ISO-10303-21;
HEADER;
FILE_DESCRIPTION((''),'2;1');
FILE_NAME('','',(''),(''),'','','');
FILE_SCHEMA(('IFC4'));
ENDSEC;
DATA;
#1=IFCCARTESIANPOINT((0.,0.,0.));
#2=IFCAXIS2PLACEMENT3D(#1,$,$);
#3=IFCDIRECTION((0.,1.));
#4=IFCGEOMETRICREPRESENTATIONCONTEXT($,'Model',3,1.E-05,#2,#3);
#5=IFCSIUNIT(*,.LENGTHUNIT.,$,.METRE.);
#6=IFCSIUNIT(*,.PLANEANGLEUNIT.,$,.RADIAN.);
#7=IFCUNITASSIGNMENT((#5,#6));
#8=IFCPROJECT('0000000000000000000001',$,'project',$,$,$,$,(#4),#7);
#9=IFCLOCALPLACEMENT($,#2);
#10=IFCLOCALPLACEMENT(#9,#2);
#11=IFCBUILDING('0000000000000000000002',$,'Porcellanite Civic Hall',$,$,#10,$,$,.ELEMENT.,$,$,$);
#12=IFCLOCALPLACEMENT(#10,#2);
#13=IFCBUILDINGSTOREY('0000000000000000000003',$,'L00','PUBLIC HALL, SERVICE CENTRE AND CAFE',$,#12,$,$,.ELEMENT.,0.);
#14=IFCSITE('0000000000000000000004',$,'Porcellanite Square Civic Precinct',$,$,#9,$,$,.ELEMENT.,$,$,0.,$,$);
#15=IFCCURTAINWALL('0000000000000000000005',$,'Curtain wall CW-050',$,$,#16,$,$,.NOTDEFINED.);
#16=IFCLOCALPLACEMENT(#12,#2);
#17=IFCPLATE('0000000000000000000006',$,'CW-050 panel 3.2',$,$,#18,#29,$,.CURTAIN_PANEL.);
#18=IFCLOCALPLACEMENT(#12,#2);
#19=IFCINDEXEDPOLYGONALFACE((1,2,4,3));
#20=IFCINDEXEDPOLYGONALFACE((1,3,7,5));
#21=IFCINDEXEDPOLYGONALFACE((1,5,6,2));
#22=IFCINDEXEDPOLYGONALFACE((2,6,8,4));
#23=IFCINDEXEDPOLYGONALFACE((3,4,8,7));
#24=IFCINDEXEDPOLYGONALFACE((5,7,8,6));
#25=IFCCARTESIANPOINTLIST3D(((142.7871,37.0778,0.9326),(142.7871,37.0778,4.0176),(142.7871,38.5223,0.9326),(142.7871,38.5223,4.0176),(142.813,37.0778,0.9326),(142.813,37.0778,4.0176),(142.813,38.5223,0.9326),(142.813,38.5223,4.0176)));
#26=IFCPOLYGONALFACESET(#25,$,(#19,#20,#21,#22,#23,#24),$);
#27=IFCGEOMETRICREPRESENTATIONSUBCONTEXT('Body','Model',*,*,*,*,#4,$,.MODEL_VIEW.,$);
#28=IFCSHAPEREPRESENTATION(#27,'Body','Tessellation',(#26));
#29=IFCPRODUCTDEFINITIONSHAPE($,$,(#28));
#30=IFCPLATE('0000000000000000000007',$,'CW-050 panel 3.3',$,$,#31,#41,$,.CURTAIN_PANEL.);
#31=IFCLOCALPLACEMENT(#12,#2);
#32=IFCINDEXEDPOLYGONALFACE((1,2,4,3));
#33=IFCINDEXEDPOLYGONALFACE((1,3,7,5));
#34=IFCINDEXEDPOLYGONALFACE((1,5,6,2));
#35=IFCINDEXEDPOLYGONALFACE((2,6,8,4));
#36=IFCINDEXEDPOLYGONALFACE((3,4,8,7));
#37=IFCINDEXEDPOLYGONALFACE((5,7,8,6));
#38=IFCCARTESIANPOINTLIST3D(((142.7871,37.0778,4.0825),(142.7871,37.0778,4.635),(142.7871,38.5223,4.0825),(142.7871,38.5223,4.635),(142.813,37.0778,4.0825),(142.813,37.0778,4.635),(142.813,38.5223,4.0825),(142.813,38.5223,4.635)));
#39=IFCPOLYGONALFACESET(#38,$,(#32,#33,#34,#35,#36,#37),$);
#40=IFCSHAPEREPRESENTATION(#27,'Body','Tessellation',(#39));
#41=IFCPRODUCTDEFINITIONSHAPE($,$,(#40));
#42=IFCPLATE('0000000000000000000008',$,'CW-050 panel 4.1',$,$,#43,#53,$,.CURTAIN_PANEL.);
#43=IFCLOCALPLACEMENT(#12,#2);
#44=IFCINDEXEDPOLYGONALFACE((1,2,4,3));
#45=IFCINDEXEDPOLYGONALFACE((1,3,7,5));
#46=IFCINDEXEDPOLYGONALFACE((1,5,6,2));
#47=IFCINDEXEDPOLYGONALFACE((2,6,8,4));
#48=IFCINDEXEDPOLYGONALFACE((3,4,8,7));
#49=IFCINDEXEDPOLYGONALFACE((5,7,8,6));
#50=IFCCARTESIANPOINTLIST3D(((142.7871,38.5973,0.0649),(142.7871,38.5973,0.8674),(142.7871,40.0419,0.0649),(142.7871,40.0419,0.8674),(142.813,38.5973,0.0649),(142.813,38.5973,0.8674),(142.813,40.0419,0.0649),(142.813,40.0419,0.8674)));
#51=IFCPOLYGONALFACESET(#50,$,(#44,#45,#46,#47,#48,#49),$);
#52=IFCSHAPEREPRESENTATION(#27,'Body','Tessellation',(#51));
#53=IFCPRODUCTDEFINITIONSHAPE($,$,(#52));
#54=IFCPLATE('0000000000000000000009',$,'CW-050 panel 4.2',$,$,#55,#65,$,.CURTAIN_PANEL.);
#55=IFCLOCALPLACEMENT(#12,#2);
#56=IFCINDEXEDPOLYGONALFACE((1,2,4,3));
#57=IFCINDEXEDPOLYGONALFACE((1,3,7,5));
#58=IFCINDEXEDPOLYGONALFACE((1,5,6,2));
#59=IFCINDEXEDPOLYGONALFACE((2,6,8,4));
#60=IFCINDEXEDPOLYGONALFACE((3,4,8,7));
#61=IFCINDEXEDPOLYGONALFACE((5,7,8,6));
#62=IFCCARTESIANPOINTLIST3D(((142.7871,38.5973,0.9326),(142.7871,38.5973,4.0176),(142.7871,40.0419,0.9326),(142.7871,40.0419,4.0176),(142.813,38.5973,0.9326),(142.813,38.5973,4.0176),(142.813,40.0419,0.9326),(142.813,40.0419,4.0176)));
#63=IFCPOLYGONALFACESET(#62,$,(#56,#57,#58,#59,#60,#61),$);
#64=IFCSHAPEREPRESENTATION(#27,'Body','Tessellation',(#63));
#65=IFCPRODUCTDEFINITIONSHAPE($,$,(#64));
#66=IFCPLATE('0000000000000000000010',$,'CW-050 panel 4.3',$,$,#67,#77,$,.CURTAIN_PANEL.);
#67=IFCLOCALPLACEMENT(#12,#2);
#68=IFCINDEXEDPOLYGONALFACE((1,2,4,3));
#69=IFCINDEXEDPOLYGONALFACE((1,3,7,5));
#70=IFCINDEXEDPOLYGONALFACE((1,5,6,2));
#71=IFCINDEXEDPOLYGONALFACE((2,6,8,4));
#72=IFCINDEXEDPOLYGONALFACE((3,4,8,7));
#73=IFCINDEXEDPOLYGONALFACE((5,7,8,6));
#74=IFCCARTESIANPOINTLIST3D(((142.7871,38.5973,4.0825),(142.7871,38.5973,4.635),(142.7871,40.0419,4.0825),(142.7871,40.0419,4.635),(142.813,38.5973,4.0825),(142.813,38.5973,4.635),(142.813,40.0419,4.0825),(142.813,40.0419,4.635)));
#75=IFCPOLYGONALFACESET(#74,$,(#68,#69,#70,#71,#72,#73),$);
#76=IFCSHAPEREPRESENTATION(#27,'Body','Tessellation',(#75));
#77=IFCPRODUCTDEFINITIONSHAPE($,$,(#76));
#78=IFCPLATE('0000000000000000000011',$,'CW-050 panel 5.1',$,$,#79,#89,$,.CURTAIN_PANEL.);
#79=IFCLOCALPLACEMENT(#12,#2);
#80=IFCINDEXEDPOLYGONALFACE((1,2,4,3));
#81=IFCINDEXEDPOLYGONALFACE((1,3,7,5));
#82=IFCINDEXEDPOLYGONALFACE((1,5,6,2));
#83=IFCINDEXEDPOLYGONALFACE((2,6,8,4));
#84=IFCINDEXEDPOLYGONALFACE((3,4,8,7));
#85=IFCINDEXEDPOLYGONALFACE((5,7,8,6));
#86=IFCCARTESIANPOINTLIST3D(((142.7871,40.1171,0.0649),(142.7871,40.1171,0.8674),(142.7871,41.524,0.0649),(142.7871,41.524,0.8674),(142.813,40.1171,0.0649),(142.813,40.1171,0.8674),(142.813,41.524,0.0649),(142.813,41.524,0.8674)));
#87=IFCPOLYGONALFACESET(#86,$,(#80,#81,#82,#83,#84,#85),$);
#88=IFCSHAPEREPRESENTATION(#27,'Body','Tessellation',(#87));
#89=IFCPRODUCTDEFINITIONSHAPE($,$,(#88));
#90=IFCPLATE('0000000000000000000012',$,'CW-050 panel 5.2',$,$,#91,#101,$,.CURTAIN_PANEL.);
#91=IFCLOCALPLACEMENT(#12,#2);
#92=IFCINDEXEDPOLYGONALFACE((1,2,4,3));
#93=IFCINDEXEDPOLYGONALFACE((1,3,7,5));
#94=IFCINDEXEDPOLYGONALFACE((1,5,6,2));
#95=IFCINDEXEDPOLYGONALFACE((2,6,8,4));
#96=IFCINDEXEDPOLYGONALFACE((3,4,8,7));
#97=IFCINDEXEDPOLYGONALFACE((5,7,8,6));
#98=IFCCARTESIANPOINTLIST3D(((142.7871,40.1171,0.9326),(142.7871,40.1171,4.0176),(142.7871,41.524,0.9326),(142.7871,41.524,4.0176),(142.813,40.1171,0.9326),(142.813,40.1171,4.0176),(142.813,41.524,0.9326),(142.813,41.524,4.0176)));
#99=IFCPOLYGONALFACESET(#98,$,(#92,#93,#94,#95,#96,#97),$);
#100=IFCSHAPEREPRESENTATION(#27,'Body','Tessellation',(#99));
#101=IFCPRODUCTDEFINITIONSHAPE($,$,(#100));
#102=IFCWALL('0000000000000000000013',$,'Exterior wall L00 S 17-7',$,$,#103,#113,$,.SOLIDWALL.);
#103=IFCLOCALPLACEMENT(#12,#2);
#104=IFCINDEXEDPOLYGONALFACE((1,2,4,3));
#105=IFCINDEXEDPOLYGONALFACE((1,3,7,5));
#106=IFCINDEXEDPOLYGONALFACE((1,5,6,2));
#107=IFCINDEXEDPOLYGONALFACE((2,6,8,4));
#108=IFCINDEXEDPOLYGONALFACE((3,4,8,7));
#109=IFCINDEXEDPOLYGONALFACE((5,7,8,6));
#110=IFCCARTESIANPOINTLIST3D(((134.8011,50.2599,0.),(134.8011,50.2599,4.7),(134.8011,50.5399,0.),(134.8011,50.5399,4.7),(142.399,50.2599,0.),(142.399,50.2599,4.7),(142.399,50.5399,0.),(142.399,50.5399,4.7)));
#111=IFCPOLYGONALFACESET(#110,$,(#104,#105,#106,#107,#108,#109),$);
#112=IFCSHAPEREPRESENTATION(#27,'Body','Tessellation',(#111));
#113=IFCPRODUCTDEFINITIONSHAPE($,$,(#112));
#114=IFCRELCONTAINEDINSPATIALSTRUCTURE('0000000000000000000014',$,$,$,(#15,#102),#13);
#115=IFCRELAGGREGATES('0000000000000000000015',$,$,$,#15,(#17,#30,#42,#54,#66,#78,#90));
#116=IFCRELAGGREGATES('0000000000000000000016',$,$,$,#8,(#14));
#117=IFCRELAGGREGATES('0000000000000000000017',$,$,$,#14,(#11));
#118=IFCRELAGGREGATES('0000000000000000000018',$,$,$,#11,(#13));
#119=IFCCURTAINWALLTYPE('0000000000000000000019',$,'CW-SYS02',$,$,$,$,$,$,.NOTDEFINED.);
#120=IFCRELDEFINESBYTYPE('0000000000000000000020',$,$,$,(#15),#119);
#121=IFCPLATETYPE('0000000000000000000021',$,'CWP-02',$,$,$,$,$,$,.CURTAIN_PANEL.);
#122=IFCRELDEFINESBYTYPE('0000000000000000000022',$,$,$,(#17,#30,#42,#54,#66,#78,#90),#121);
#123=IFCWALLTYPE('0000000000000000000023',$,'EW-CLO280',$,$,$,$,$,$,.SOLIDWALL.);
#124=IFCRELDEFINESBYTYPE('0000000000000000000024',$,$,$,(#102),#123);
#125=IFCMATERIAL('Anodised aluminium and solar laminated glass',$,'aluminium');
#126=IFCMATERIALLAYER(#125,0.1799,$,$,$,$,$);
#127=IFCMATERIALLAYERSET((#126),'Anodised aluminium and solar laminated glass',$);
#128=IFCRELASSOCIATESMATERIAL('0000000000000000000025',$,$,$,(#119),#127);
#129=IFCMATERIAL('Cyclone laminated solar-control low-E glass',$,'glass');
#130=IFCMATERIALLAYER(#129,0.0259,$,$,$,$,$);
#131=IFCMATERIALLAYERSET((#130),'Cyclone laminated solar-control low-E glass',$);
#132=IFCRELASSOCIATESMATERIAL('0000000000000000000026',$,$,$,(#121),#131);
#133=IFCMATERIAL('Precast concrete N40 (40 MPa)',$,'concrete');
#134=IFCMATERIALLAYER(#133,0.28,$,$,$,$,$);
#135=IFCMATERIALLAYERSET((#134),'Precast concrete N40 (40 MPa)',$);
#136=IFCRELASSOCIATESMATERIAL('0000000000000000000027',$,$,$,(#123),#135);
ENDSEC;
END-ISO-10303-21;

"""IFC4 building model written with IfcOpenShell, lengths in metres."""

from ifc_helpers import new_model, si_unit, direction, frame, frame_2d, origin, origin_2d, place, context, subcontext, project, spatial, rectangle, extrude, material, layer, layer_set, type_object, element, aggregate, save


model = new_model("IFC4")

# Units and contexts
model_context = context("Model", 3, precision=1e-05, world=origin(), true_north=direction((0.0, 1.0)))
body_context = subcontext(model_context, "Body", "Model", "MODEL_VIEW")
ifc_project = project(units=[si_unit("LENGTHUNIT", "METRE"), si_unit("PLANEANGLEUNIT", "RADIAN")], contexts=[model_context])

# Site, building, storey
site_placement = place(None, origin())
site = spatial("IfcSite", under=ifc_project, at=site_placement, Name="Porcellanite Square Civic Precinct", CompositionType="ELEMENT", RefElevation=0.0)
building_placement = place(site_placement, origin())
building = spatial("IfcBuilding", under=site, at=building_placement, Name="Porcellanite Civic Hall", CompositionType="ELEMENT")
storey_placement = place(building_placement, origin())
storey = spatial("IfcBuildingStorey", under=building, at=storey_placement, Name="L00", Description="PUBLIC HALL, SERVICE CENTRE AND CAFE", CompositionType="ELEMENT", Elevation=0.0)

# Curtain wall, plates
ifc_material_1 = material(Name="Anodised aluminium and solar laminated glass", Category="aluminium")
ifc_layer_1 = layer(ifc_material_1, 0.1799)
ifc_layer_set_1 = layer_set([ifc_layer_1], Name="Anodised aluminium and solar laminated glass")
curtain_wall_type = type_object("IfcCurtainWallType", Name="CW-SYS02", PredefinedType="NOTDEFINED", material=ifc_layer_set_1)
curtain_wall_placement = place(storey_placement, origin())
curtain_wall = element("IfcCurtainWall", 1, at=curtain_wall_placement, inside=storey, type_object=curtain_wall_type, Name="Curtain wall CW-050", PredefinedType="NOTDEFINED")
ifc_material_2 = material(Name="Cyclone laminated solar-control low-E glass", Category="glass")
ifc_layer_2 = layer(ifc_material_2, 0.0259)
ifc_layer_set_2 = layer_set([ifc_layer_2], Name="Cyclone laminated solar-control low-E glass")
plate_type = type_object("IfcPlateType", Name="CWP-02", PredefinedType="CURTAIN_PANEL", material=ifc_layer_set_2)
plate_1_placement = place(storey_placement, frame((142.8, 37.8, 0.9326), z_axis=(0.0, 0.0, 1.0), x_axis=(0.0, 1.0, 0.0)))
plate_1 = element("IfcPlate", 2, at=plate_1_placement, type_object=plate_type, Name="CW-050 panel 3.2", PredefinedType="CURTAIN_PANEL", context=body_context, shape_type="SweptSolid", body=[
    extrude(rectangle(XDim=1.4446, YDim=0.0259, at=origin_2d()), origin(), (0.0, 0.0, 1.0), 3.085),
])
plate_2_placement = place(storey_placement, frame((142.8, 37.8, 4.0825), z_axis=(0.0, 0.0, 1.0), x_axis=(0.0, 1.0, 0.0)))
plate_2 = element("IfcPlate", 3, at=plate_2_placement, type_object=plate_type, Name="CW-050 panel 3.3", PredefinedType="CURTAIN_PANEL", context=body_context, shape_type="SweptSolid", body=[
    extrude(rectangle(XDim=1.4446, YDim=0.0259, at=origin_2d()), origin(), (0.0, 0.0, 1.0), 0.5525),
])
plate_3_placement = place(storey_placement, frame((142.8, 39.3196, 0.0649), z_axis=(0.0, 0.0, 1.0), x_axis=(0.0, 1.0, 0.0)))
plate_3 = element("IfcPlate", 4, at=plate_3_placement, type_object=plate_type, Name="CW-050 panel 4.1", PredefinedType="CURTAIN_PANEL", context=body_context, shape_type="SweptSolid", body=[
    extrude(rectangle(XDim=1.4446, YDim=0.0259, at=origin_2d()), origin(), (0.0, 0.0, 1.0), 0.8025),
])
plate_4_placement = place(storey_placement, frame((142.8, 39.3196, 0.9326), z_axis=(0.0, 0.0, 1.0), x_axis=(0.0, 1.0, 0.0)))
plate_4 = element("IfcPlate", 5, at=plate_4_placement, type_object=plate_type, Name="CW-050 panel 4.2", PredefinedType="CURTAIN_PANEL", context=body_context, shape_type="SweptSolid", body=[
    extrude(rectangle(XDim=1.4446, YDim=0.0259, at=origin_2d()), origin(), (0.0, 0.0, 1.0), 3.085),
])
plate_5_placement = place(storey_placement, frame((142.8, 39.3196, 4.0825), z_axis=(0.0, 0.0, 1.0), x_axis=(0.0, 1.0, 0.0)))
plate_5 = element("IfcPlate", 6, at=plate_5_placement, type_object=plate_type, Name="CW-050 panel 4.3", PredefinedType="CURTAIN_PANEL", context=body_context, shape_type="SweptSolid", body=[
    extrude(rectangle(XDim=1.4446, YDim=0.0259, at=origin_2d()), origin(), (0.0, 0.0, 1.0), 0.5525),
])
plate_6_placement = place(storey_placement, frame((142.8, 40.8206, 0.0649), z_axis=(0.0, 0.0, 1.0), x_axis=(0.0, 1.0, 0.0)))
plate_6 = element("IfcPlate", 7, at=plate_6_placement, type_object=plate_type, Name="CW-050 panel 5.1", PredefinedType="CURTAIN_PANEL", context=body_context, shape_type="SweptSolid", body=[
    extrude(rectangle(XDim=1.407, YDim=0.0259, at=origin_2d()), origin(), (0.0, 0.0, 1.0), 0.8025),
])
plate_7_placement = place(storey_placement, frame((142.8, 40.8206, 0.9326), z_axis=(0.0, 0.0, 1.0), x_axis=(0.0, 1.0, 0.0)))
plate_7 = element("IfcPlate", 8, at=plate_7_placement, type_object=plate_type, Name="CW-050 panel 5.2", PredefinedType="CURTAIN_PANEL", context=body_context, shape_type="SweptSolid", body=[
    extrude(rectangle(XDim=1.407, YDim=0.0259, at=origin_2d()), origin(), (0.0, 0.0, 1.0), 3.085),
])
aggregate(curtain_wall, [plate_1, plate_2, plate_3, plate_4, plate_5, plate_6, plate_7])

# Wall
ifc_material_3 = material(Name="Precast concrete N40 (40 MPa)", Category="concrete")
ifc_layer_3 = layer(ifc_material_3, 0.28)
ifc_layer_set_3 = layer_set([ifc_layer_3], Name="Precast concrete N40 (40 MPa)")
wall_type = type_object("IfcWallType", Name="EW-CLO280", PredefinedType="SOLIDWALL", material=ifc_layer_set_3)
wall_placement = place(storey_placement, frame((142.3989, 50.3999, 0.0), z_axis=(0.0, 0.0, 1.0), x_axis=(-1.0, 0.0, 0.0)))
element("IfcWall", 9, at=wall_placement, inside=storey, type_object=wall_type, Name="Exterior wall L00 S 17-7", PredefinedType="SOLIDWALL", context=body_context, shape_type="SweptSolid", body=[
    extrude(rectangle(XDim=7.5979, YDim=0.28, at=frame_2d((3.7988, 0.0))), origin(), (0.0, 0.0, 1.0), 4.7),
])

save(model, "model.ifc")
